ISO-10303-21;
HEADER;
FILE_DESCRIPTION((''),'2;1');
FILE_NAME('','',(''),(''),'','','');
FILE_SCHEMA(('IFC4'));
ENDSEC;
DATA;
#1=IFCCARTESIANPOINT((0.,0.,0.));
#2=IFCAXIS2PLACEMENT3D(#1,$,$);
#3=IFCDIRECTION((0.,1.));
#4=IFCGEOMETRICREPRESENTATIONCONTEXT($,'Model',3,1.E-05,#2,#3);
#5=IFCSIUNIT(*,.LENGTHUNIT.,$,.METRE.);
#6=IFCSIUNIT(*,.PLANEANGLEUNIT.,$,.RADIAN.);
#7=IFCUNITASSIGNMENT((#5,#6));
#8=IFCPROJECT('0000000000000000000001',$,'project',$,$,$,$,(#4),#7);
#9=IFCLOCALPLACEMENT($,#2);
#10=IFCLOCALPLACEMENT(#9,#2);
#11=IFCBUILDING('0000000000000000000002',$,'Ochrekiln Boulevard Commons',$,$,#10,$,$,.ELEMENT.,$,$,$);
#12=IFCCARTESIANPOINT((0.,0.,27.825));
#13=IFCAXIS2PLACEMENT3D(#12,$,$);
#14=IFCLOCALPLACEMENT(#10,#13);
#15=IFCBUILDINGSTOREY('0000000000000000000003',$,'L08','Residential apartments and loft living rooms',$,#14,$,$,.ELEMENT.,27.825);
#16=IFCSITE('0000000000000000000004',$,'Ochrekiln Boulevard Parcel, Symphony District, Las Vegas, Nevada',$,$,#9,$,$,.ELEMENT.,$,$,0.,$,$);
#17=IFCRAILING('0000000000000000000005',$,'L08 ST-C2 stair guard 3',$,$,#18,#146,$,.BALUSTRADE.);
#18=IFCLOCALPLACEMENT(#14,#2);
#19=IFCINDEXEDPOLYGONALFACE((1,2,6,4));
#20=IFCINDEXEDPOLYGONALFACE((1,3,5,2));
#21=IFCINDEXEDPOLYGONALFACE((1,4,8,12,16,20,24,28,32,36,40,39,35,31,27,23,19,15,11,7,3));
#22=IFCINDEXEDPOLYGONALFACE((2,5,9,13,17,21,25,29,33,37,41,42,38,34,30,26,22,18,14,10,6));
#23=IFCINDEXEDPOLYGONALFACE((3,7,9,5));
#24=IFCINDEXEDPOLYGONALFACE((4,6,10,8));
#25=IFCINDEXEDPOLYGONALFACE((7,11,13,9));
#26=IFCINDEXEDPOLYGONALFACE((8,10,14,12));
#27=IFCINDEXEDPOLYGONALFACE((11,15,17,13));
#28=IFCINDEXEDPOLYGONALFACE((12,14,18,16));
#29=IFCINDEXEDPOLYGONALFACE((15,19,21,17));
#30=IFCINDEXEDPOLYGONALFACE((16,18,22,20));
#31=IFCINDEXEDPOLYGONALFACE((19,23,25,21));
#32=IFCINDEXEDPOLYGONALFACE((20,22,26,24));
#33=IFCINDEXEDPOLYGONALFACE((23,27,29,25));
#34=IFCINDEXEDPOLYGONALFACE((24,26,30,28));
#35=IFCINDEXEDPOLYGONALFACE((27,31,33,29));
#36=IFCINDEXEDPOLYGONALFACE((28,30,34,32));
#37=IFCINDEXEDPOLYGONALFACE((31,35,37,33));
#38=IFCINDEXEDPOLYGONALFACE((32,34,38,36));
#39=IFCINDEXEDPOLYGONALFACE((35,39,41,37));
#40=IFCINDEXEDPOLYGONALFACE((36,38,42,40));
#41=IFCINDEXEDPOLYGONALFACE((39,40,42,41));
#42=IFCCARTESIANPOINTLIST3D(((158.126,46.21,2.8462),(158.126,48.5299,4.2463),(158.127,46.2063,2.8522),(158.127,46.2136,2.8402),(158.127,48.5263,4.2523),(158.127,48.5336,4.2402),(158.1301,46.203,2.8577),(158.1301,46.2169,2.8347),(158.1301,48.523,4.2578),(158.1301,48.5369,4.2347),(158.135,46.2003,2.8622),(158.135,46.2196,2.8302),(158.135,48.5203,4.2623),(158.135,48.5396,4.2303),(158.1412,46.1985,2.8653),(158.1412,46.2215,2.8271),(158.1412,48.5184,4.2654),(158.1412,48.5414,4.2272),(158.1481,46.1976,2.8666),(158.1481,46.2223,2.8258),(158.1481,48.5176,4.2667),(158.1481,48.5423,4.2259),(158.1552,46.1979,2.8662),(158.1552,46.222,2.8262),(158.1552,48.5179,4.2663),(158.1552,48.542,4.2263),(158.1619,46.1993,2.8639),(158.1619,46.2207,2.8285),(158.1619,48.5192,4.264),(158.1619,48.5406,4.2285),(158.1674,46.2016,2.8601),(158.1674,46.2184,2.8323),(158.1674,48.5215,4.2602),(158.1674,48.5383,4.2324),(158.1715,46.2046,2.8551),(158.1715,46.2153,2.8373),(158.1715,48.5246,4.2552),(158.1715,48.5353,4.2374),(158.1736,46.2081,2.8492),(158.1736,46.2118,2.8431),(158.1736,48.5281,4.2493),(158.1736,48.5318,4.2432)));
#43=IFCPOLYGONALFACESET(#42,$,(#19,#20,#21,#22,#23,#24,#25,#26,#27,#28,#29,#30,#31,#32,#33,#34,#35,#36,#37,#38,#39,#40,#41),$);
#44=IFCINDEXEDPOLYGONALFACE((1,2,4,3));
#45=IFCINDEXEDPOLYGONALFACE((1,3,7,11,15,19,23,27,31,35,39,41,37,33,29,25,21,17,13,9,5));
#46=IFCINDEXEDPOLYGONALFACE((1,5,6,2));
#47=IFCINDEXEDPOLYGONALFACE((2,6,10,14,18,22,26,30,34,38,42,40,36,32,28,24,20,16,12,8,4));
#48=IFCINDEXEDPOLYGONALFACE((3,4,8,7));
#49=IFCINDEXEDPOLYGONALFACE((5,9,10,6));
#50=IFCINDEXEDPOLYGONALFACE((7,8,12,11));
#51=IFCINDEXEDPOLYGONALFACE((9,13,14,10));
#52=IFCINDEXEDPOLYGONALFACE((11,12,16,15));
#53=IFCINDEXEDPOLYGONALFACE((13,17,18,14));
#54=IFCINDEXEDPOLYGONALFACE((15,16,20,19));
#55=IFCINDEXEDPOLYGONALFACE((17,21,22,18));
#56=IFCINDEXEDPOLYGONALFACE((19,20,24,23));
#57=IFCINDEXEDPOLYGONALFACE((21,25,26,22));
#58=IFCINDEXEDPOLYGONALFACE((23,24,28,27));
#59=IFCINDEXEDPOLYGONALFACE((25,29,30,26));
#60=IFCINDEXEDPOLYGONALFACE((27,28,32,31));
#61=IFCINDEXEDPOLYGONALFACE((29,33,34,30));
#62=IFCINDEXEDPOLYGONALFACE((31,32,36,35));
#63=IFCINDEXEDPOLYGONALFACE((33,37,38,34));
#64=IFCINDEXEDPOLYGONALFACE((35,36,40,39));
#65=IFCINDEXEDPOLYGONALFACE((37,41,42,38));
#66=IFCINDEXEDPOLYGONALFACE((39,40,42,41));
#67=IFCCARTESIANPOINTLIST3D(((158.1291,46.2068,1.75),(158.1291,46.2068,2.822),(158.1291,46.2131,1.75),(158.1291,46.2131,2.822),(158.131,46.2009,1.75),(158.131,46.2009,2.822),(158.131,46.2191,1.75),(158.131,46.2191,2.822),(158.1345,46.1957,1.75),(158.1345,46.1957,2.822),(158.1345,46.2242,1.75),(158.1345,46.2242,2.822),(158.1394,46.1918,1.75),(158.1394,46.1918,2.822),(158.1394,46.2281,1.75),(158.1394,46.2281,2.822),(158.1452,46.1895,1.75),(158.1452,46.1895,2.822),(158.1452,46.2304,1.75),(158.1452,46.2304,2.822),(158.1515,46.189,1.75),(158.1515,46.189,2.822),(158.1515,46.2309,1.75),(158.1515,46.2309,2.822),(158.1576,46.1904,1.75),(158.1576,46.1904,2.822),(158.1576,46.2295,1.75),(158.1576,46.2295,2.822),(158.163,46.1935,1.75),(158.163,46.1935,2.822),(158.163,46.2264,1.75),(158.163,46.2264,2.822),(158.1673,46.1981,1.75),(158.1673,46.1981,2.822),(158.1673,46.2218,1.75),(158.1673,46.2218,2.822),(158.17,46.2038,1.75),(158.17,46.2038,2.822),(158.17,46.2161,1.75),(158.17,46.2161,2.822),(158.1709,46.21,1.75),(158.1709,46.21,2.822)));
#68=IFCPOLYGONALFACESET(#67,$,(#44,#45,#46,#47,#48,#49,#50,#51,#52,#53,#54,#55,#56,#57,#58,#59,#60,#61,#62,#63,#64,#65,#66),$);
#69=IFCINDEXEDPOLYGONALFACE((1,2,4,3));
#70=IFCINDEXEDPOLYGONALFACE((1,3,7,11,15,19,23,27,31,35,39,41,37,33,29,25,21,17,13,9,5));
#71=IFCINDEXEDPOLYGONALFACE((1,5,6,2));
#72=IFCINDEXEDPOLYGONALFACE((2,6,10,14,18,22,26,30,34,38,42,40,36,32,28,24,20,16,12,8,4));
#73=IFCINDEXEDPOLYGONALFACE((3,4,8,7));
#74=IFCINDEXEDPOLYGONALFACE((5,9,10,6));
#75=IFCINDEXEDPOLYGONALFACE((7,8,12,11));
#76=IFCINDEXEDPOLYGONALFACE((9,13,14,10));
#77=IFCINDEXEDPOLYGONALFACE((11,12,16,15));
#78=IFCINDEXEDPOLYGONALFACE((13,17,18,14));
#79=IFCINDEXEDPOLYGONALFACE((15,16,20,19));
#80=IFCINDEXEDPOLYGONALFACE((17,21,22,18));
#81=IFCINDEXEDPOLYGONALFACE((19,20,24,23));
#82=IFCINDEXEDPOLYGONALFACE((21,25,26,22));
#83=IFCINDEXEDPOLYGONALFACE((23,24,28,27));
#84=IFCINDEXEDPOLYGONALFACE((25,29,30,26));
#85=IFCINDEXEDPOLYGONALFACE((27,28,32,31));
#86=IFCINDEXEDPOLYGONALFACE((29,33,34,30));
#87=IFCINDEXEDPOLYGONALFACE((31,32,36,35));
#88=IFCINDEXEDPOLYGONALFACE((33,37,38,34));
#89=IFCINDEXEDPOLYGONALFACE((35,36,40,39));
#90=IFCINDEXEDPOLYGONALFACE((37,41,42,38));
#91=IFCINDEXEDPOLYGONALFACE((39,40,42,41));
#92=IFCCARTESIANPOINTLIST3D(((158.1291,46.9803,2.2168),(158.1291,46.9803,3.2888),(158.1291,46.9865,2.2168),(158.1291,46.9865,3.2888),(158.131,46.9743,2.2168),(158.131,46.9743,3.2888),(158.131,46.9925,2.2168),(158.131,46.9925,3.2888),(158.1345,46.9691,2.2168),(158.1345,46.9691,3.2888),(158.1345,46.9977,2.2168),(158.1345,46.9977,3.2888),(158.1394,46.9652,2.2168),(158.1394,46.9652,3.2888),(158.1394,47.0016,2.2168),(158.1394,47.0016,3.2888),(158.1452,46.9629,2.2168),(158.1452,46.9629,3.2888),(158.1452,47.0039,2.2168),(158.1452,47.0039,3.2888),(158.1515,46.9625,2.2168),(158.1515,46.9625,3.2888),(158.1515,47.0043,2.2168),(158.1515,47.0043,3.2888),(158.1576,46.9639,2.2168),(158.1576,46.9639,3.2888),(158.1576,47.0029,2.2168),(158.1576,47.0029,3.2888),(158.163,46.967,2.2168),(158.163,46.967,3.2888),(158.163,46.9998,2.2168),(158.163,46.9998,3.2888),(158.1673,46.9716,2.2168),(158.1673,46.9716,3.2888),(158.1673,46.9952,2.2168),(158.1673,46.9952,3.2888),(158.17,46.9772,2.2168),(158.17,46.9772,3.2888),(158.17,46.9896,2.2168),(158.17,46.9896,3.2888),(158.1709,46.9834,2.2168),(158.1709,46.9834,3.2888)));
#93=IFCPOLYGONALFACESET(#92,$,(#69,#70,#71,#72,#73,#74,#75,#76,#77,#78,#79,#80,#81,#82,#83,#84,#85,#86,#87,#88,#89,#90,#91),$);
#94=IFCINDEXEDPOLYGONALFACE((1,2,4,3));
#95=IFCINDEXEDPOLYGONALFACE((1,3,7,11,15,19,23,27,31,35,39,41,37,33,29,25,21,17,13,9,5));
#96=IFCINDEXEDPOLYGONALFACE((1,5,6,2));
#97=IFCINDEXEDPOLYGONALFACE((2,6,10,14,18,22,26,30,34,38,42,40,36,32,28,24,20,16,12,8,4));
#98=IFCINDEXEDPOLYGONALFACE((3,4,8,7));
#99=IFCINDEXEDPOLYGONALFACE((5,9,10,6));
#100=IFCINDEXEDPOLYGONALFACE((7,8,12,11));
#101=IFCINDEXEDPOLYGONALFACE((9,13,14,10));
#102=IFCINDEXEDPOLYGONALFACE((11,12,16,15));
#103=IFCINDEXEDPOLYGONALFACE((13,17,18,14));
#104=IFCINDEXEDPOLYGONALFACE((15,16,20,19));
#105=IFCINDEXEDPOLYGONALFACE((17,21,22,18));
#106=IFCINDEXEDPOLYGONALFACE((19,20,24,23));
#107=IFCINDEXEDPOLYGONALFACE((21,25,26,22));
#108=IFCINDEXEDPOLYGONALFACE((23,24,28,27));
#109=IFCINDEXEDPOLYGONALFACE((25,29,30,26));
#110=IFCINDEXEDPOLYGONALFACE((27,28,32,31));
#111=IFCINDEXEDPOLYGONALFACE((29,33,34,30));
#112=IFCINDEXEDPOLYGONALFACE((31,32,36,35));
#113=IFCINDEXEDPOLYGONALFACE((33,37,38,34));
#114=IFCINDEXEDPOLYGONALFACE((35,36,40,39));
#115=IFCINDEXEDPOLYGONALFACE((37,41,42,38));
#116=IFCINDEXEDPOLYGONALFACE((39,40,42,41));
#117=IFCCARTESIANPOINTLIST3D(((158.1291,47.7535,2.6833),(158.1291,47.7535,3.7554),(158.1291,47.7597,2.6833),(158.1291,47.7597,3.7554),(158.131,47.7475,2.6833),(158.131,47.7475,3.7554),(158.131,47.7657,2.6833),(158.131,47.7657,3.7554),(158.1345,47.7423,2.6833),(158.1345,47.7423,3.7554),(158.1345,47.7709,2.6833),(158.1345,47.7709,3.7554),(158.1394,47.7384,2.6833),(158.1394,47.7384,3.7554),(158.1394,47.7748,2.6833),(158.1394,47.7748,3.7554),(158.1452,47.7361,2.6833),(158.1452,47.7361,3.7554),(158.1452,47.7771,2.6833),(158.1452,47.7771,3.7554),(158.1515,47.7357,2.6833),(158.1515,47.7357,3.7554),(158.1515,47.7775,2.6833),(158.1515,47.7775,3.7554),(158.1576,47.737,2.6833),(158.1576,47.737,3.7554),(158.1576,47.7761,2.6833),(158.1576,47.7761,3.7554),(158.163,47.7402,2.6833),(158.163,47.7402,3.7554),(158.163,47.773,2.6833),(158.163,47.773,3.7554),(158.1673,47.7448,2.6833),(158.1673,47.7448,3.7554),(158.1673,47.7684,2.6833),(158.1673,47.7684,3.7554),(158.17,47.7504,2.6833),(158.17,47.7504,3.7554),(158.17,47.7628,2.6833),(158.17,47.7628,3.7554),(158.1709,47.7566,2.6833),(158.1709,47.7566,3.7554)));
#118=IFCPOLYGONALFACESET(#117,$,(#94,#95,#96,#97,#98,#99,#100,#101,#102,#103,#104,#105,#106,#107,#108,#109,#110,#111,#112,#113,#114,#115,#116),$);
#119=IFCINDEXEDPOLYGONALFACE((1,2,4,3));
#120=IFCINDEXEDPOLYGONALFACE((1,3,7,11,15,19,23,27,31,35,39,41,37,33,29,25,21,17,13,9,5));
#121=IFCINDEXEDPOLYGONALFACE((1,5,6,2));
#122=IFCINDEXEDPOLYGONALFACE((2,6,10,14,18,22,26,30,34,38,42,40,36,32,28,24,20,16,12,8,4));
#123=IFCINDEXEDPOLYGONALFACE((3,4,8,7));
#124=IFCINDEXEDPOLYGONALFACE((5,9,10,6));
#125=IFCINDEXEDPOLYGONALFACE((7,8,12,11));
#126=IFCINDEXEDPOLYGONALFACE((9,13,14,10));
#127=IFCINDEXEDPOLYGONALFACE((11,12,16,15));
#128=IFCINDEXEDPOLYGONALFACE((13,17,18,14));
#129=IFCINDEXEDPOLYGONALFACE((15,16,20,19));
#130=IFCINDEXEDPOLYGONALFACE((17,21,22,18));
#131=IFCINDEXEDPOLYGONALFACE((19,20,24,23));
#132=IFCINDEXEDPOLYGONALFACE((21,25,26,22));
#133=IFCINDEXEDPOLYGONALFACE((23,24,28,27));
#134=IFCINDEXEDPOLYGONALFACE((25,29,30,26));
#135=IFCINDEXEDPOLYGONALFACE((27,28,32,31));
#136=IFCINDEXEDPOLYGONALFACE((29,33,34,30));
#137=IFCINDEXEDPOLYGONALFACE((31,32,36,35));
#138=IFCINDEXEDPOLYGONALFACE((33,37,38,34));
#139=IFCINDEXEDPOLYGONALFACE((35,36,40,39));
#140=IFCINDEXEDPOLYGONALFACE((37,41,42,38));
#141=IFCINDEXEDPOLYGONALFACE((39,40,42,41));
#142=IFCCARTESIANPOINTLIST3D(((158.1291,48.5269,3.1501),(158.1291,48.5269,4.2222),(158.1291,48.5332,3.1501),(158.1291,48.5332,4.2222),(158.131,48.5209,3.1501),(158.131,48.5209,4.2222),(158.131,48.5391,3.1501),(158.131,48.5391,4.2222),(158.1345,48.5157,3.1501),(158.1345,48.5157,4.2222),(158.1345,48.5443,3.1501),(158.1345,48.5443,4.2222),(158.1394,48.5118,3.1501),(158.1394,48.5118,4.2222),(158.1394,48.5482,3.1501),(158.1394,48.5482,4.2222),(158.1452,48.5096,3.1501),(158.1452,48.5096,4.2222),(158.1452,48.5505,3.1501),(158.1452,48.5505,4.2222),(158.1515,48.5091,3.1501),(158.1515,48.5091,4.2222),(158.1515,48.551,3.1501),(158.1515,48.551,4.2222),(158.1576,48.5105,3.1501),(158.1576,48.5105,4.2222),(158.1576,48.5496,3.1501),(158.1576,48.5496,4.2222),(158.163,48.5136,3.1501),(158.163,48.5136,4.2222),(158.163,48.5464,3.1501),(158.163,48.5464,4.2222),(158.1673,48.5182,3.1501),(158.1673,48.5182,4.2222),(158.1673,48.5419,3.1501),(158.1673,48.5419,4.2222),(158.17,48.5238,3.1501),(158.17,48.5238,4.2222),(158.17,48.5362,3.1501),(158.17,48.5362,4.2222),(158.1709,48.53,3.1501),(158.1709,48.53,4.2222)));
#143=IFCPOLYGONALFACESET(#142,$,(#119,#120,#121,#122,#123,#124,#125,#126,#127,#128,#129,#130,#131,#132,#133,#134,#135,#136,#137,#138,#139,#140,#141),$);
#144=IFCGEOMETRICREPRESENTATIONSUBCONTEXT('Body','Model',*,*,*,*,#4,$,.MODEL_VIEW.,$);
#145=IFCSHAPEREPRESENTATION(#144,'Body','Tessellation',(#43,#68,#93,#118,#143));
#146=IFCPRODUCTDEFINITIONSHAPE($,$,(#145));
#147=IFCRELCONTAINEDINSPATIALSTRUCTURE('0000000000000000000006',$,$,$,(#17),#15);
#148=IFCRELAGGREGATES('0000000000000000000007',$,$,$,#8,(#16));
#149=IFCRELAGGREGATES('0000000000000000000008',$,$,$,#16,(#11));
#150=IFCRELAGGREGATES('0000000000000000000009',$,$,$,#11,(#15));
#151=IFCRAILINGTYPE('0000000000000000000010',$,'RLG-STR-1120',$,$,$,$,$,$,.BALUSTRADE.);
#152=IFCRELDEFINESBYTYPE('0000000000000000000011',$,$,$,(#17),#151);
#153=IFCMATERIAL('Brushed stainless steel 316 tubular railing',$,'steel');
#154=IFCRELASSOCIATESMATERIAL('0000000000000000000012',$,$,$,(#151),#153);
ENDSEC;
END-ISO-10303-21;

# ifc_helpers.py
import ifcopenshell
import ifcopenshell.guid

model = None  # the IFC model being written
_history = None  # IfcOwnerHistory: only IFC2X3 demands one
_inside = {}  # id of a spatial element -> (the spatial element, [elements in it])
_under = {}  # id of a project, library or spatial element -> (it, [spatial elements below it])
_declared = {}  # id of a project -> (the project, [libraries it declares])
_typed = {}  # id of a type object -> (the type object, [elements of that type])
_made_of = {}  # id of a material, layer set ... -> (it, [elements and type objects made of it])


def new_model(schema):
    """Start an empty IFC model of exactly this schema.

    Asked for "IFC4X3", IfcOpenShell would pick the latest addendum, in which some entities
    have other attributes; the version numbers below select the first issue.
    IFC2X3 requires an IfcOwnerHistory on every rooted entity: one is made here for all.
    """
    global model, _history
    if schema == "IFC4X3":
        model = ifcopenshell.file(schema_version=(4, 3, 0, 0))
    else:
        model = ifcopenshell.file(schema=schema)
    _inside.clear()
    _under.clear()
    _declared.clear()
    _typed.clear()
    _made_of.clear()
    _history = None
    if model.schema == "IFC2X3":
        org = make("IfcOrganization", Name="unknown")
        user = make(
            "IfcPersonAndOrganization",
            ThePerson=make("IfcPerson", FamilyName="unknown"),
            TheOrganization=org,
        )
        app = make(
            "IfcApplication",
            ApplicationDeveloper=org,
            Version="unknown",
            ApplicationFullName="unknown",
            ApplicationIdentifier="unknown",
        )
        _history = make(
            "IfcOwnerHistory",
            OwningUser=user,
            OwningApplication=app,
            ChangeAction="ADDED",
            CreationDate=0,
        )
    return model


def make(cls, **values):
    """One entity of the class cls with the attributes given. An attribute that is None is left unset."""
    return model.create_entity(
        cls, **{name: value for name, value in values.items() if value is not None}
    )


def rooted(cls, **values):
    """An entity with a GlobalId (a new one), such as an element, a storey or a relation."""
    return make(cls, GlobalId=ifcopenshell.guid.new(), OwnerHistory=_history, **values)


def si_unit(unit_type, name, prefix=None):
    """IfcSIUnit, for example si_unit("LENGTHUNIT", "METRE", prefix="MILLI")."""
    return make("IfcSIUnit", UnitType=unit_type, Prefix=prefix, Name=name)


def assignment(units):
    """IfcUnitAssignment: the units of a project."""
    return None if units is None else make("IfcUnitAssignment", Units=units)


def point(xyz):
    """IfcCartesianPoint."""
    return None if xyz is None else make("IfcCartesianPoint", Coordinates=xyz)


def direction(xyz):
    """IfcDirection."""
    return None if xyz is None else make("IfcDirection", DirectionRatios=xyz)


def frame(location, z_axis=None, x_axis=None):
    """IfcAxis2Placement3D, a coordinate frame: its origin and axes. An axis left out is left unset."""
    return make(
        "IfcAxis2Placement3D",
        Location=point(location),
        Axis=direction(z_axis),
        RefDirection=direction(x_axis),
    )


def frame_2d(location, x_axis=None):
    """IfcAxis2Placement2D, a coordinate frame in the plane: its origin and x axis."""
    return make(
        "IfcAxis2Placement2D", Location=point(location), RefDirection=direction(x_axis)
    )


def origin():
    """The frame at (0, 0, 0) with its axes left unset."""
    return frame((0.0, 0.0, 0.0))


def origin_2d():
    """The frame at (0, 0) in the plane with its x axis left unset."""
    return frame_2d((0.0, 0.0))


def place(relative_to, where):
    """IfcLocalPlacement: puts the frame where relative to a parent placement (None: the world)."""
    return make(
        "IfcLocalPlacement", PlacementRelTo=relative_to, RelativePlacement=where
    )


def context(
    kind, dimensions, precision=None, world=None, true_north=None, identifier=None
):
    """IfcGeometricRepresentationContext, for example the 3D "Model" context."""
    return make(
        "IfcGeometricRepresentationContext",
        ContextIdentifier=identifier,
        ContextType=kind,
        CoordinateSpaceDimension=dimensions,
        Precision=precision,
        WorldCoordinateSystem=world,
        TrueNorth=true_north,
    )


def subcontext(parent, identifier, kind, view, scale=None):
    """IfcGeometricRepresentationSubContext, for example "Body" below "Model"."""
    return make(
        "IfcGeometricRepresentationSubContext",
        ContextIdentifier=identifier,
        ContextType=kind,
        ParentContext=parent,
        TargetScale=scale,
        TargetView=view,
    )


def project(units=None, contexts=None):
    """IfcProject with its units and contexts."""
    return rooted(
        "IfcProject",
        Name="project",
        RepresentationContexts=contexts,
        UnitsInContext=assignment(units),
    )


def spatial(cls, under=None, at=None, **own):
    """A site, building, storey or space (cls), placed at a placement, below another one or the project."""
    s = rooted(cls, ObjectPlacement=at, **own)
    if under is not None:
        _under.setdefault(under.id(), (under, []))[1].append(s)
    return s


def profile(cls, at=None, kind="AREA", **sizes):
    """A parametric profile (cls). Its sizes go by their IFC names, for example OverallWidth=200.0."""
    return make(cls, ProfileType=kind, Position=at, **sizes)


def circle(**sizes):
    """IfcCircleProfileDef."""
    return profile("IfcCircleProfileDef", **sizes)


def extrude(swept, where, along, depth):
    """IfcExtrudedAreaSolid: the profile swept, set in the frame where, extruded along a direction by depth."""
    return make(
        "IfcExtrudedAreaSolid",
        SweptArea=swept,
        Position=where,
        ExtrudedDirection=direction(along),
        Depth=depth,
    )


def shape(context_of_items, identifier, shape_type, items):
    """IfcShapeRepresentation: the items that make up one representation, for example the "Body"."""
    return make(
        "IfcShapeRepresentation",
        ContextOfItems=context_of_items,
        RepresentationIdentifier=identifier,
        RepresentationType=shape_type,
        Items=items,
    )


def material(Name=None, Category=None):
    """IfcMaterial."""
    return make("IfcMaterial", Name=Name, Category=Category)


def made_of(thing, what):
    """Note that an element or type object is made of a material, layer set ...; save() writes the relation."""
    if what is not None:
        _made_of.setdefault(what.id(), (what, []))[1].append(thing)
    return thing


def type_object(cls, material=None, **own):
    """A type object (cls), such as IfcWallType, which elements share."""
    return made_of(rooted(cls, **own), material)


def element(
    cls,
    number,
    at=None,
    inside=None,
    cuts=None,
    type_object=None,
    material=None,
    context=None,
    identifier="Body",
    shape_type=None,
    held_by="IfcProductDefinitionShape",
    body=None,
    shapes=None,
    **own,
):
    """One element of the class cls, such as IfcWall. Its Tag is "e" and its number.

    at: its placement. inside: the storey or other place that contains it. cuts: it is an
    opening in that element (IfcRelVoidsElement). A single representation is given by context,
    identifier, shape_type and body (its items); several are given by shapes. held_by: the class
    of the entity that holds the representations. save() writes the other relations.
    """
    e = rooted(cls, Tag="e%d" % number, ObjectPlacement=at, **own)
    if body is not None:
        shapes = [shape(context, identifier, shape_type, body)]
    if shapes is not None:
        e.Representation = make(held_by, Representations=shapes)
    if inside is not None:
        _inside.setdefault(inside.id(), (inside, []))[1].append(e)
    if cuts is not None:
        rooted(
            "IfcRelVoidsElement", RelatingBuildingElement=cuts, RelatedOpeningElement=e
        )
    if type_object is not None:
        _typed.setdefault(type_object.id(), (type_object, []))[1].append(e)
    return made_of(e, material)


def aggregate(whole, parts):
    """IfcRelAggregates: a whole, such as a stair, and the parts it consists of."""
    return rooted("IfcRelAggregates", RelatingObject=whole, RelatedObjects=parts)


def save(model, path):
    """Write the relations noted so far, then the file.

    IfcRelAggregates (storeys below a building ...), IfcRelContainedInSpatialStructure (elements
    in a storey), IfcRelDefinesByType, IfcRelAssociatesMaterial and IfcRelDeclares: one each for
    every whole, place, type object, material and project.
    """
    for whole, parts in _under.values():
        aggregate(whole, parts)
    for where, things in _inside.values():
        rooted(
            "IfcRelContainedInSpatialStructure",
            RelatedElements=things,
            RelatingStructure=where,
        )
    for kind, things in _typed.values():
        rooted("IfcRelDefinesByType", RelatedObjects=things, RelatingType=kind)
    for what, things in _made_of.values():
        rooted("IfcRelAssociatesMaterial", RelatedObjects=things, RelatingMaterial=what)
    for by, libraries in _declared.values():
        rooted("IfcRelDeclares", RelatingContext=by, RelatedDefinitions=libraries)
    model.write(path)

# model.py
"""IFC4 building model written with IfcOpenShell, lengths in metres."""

from ifc_helpers import new_model, si_unit, direction, frame, origin, origin_2d, place, context, subcontext, project, spatial, circle, extrude, material, type_object, element, save


model = new_model("IFC4")

# Units and contexts
model_context = context("Model", 3, precision=1e-05, world=origin(), true_north=direction((0.0, 1.0)))
body_context = subcontext(model_context, "Body", "Model", "MODEL_VIEW")
ifc_project = project(units=[si_unit("LENGTHUNIT", "METRE"), si_unit("PLANEANGLEUNIT", "RADIAN")], contexts=[model_context])

# Site, building, storey
site_placement = place(None, origin())
site = spatial("IfcSite", under=ifc_project, at=site_placement, Name="Ochrekiln Boulevard Parcel, Symphony District, Las Vegas, Nevada", CompositionType="ELEMENT", RefElevation=0.0)
building_placement = place(site_placement, origin())
building = spatial("IfcBuilding", under=site, at=building_placement, Name="Ochrekiln Boulevard Commons", CompositionType="ELEMENT")
storey_placement = place(building_placement, frame((0.0, 0.0, 27.825)))
storey = spatial("IfcBuildingStorey", under=building, at=storey_placement, Name="L08", Description="Residential apartments and loft living rooms", CompositionType="ELEMENT", Elevation=27.825)

# Railing
ifc_material_1 = material(Name="Brushed stainless steel 316 tubular railing", Category="steel")
railing_type_1 = type_object("IfcRailingType", Name="RLG-STR-1120", PredefinedType="BALUSTRADE", material=ifc_material_1)
railing_1_placement = place(storey_placement, frame((158.1499, 46.21, 1.75)))
element("IfcRailing", 1, at=railing_1_placement, inside=storey, type_object=railing_type_1, Name="L08 ST-C2 stair guard 3", PredefinedType="BALUSTRADE", context=body_context, shape_type="SweptSolid", body=[
    extrude(circle(Radius=0.0239, at=origin_2d()), frame((0.0, 0.0, 1.0962), z_axis=(0.0, 0.85617, 0.516693), x_axis=(-1.0, 0.0, 0.0)), (0.0, 0.0, 1.0), 2.7097),
    extrude(circle(Radius=0.021, at=origin_2d()), origin(), (0.0, 0.0, 1.0), 1.072),
    extrude(circle(Radius=0.021, at=origin_2d()), frame((0.0, 0.7734, 0.4668)), (0.0, 0.0, 1.0), 1.072),
    extrude(circle(Radius=0.021, at=origin_2d()), frame((0.0, 1.5466, 0.9333)), (0.0, 0.0, 1.0), 1.072),
    extrude(circle(Radius=0.021, at=origin_2d()), frame((0.0, 2.3201, 1.4001)), (0.0, 0.0, 1.0), 1.072),
])

save(model, "model.ifc")
